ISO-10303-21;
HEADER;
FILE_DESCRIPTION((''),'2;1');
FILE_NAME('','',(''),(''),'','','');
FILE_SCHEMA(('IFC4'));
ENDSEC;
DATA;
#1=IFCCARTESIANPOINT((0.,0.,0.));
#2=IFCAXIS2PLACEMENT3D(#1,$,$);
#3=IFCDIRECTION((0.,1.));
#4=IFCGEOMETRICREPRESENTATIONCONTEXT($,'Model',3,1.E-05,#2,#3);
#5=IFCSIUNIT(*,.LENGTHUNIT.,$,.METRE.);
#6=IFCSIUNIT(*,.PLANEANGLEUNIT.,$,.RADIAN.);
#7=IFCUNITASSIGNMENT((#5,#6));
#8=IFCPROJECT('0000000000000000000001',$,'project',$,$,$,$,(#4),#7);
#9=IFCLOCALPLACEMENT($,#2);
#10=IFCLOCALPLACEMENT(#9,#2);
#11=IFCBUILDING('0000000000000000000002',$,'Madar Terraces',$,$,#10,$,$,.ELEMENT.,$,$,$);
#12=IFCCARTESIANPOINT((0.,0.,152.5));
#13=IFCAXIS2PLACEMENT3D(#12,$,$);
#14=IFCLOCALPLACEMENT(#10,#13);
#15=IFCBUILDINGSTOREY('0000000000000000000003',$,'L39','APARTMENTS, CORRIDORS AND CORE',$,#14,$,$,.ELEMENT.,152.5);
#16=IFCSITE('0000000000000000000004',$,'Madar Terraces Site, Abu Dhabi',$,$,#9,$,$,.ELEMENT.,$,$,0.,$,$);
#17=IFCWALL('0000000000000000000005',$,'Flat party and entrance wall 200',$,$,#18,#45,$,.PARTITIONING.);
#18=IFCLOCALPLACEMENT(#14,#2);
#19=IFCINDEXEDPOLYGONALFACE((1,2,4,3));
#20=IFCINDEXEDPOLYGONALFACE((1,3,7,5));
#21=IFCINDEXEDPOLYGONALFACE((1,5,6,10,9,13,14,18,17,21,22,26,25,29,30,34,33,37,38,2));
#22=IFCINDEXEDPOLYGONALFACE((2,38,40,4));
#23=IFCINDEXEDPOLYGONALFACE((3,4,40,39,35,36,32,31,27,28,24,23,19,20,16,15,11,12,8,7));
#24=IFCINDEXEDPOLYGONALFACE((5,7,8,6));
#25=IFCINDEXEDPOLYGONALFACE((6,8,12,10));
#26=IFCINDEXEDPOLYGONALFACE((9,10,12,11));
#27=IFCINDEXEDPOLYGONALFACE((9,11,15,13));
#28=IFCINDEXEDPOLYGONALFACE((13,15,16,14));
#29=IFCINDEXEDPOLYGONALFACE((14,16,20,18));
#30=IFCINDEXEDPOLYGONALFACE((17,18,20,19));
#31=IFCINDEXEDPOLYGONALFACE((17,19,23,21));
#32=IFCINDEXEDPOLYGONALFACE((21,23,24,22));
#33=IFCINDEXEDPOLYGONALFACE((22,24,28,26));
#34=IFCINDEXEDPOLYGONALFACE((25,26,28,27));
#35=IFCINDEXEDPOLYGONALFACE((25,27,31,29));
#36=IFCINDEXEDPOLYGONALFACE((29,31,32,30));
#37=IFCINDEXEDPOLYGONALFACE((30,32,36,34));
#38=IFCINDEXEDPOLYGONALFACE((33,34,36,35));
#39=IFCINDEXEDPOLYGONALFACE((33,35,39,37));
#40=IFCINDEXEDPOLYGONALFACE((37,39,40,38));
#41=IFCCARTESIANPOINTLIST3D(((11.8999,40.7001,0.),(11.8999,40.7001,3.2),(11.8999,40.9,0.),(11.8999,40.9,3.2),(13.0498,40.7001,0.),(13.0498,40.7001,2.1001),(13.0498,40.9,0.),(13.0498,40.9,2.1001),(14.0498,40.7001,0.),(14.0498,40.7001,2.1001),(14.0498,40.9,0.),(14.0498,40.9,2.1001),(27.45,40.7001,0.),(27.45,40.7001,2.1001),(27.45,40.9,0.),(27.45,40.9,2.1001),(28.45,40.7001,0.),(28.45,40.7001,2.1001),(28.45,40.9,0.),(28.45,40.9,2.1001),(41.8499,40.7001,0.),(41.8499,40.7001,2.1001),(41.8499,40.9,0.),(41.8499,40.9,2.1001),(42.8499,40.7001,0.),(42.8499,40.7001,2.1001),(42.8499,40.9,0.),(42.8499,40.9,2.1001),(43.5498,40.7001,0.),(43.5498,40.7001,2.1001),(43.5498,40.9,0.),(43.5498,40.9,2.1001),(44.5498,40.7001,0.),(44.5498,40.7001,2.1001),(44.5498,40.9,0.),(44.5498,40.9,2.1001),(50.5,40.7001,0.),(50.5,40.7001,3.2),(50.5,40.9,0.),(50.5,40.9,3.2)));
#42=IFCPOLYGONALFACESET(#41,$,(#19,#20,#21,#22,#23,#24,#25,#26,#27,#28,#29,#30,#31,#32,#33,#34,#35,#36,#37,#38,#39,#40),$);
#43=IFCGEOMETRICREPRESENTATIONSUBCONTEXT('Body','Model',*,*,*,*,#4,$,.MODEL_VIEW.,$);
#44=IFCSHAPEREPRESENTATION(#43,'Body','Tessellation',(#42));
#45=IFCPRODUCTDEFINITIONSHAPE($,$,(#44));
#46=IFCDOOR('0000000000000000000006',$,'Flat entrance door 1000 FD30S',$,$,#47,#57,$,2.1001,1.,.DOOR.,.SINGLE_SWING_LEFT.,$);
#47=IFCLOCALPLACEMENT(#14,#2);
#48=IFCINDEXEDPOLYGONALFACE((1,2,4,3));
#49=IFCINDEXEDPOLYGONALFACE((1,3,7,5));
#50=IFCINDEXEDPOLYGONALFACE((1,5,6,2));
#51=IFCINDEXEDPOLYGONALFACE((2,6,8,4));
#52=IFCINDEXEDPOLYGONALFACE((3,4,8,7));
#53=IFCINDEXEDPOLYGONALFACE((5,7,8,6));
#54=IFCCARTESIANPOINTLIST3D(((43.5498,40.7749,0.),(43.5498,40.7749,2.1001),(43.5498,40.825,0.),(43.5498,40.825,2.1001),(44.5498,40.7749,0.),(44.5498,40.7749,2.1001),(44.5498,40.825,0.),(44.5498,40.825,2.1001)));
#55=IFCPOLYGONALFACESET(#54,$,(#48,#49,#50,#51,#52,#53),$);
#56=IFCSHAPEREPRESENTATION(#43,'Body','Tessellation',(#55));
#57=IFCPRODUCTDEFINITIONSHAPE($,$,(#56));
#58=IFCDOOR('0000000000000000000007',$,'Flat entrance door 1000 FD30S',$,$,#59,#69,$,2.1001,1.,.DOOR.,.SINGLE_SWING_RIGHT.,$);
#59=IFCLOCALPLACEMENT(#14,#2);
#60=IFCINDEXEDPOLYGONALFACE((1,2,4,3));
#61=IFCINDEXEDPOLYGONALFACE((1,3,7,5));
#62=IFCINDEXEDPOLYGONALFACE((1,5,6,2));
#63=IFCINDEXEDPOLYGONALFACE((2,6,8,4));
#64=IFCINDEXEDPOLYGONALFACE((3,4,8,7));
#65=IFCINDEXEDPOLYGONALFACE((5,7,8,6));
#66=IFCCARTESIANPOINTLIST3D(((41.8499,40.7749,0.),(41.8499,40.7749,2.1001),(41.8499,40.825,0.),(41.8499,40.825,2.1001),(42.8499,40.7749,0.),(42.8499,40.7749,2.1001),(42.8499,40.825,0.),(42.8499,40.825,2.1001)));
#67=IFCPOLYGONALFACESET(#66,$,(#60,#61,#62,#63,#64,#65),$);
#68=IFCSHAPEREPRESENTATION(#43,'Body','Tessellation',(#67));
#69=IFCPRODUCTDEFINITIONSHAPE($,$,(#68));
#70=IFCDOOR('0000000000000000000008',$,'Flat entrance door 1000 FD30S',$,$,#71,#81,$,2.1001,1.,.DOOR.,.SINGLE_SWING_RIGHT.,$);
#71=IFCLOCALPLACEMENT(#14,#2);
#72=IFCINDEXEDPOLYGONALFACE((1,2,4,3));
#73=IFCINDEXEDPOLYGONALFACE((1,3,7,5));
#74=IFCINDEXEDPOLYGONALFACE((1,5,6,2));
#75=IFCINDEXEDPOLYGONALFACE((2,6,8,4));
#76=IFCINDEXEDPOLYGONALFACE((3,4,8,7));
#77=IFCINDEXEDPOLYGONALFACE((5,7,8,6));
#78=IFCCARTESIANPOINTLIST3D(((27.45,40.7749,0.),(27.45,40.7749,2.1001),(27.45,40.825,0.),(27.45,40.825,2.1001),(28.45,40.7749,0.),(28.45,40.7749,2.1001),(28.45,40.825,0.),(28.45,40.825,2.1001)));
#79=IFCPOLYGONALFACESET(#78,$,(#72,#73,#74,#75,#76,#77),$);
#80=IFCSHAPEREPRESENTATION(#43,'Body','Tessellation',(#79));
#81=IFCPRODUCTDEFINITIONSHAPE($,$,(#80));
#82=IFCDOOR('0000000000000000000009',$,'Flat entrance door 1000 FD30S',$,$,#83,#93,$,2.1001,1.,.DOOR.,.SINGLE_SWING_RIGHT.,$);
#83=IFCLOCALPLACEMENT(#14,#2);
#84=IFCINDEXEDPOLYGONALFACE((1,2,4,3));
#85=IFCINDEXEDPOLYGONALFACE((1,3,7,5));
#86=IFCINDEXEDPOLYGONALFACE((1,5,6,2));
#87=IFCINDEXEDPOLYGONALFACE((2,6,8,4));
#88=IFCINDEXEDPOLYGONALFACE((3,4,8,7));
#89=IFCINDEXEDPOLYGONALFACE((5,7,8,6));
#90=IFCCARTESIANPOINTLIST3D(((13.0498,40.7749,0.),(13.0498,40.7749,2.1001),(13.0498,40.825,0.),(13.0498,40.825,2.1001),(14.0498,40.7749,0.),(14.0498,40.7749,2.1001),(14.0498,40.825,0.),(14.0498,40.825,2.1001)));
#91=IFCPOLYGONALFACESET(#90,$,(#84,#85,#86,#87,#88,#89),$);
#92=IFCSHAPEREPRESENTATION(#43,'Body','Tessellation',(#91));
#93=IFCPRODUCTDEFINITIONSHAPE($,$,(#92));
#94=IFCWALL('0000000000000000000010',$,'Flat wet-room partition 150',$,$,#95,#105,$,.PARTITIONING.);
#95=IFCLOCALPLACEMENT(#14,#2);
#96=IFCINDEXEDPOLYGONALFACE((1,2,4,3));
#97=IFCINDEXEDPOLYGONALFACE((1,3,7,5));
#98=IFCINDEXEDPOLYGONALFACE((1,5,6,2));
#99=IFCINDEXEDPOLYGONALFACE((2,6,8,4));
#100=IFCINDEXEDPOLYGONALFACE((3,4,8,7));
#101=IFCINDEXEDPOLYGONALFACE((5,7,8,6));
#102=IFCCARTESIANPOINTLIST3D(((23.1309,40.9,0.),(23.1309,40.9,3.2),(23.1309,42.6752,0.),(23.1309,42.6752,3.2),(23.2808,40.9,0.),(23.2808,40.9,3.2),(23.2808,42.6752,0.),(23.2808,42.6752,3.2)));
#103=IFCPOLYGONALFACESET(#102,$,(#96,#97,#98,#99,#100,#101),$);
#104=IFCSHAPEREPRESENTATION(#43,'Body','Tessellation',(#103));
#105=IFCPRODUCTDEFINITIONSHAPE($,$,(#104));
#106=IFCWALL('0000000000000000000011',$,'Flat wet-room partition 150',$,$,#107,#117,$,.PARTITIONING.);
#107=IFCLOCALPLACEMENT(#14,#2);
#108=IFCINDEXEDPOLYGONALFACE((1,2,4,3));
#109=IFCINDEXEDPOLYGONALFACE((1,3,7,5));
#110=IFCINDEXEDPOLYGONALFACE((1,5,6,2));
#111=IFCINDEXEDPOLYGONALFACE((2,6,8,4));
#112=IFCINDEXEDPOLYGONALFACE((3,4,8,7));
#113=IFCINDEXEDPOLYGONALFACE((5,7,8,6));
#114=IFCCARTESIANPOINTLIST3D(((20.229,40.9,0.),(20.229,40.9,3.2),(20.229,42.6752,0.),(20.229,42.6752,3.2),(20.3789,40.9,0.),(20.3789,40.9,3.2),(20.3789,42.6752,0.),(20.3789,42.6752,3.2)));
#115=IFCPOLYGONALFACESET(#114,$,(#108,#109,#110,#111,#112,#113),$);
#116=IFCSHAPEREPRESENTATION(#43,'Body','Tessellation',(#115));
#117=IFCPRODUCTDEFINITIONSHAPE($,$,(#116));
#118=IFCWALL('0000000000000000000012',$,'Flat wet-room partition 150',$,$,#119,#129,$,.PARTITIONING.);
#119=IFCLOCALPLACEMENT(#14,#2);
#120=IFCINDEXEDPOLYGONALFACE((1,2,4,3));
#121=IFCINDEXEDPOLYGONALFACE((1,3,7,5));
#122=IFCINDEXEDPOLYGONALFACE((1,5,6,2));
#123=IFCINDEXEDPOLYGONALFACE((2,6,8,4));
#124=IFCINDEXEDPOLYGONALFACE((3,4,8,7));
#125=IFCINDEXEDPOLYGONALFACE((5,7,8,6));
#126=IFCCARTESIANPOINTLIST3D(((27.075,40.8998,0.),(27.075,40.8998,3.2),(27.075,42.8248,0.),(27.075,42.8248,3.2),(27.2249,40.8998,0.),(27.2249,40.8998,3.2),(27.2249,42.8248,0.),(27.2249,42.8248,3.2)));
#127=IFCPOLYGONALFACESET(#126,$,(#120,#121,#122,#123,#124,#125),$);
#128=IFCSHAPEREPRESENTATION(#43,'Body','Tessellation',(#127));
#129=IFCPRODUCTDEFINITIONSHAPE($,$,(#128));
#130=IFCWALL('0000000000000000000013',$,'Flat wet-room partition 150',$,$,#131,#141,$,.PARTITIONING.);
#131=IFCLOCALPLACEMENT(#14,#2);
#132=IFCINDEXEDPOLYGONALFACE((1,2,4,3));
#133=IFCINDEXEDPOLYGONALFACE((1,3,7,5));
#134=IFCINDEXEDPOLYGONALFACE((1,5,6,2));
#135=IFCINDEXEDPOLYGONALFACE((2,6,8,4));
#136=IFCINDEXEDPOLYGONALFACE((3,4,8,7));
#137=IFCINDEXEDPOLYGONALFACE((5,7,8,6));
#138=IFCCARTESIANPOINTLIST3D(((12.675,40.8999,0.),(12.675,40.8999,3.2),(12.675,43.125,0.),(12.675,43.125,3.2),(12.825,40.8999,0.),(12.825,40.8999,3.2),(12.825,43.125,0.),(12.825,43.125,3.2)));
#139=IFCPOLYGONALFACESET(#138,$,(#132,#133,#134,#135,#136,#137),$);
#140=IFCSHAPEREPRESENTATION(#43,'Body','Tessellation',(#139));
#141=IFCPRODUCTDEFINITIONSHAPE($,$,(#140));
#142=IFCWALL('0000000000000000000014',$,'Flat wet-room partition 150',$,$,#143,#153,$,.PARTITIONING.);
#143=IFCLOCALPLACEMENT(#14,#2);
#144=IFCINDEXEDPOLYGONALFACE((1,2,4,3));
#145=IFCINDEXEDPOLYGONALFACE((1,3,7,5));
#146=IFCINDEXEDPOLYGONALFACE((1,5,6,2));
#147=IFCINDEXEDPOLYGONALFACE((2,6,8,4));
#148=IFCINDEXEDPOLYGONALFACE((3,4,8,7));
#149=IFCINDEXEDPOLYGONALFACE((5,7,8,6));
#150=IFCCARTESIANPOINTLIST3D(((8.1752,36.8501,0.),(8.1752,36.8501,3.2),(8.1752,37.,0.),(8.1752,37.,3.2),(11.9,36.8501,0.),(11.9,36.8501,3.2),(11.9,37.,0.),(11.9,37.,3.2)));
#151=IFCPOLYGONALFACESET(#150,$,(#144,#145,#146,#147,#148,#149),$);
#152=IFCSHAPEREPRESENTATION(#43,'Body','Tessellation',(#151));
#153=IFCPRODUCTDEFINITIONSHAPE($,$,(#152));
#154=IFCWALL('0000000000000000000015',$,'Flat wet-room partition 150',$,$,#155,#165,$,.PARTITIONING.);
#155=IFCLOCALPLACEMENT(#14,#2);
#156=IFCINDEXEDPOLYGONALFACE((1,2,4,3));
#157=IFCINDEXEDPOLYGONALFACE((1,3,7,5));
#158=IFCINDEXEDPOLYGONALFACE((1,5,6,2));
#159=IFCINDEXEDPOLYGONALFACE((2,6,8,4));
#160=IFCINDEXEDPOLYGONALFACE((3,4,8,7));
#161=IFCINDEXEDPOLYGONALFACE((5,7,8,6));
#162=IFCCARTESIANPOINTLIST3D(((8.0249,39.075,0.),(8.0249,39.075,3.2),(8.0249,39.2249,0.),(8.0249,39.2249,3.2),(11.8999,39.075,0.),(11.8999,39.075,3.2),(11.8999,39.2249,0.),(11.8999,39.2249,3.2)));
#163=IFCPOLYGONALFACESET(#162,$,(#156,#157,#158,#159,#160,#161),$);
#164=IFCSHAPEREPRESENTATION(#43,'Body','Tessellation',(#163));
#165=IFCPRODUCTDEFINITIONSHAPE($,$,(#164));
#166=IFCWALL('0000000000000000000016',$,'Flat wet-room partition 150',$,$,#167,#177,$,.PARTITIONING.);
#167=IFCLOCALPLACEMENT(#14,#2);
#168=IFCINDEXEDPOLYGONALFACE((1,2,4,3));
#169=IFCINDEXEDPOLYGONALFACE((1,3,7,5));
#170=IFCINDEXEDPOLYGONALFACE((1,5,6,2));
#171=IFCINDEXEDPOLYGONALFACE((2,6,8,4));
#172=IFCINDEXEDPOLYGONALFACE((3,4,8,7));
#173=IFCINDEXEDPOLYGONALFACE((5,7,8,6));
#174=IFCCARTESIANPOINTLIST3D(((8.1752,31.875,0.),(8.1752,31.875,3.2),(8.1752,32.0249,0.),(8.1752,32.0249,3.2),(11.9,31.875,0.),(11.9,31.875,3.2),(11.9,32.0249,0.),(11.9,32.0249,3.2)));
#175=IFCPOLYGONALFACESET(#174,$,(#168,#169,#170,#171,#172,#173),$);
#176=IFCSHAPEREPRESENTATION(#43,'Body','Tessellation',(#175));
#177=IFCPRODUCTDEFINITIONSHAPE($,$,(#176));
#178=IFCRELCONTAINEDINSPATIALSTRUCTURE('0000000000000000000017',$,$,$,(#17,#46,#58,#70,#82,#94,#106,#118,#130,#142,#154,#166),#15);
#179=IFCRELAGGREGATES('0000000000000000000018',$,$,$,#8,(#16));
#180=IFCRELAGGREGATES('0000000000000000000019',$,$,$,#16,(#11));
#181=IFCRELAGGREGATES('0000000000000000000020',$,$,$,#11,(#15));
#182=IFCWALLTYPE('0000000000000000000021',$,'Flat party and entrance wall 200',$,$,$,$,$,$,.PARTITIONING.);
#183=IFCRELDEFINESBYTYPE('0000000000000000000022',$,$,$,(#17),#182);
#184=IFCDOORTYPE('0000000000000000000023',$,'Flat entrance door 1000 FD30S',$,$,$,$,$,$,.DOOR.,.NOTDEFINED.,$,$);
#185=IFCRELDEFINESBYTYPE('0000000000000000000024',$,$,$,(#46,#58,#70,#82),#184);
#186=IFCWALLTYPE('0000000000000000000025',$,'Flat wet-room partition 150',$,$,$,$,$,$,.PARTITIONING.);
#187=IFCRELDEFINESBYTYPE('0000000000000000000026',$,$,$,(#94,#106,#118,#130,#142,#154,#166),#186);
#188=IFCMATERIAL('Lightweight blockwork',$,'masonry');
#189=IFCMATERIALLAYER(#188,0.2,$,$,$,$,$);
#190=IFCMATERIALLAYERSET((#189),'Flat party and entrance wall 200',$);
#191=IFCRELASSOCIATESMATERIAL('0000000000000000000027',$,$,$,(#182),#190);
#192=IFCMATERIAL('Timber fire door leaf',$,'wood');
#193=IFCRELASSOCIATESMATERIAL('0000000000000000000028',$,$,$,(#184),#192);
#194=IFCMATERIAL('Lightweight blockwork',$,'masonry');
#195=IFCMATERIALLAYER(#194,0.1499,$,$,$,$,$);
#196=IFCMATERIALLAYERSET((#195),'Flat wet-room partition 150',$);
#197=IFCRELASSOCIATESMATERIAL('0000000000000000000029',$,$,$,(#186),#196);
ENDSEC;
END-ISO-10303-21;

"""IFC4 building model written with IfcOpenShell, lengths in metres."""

from ifc_helpers import new_model, si_unit, direction, frame, frame_2d, origin, place, context, subcontext, project, spatial, rectangle, extrude, material, layer, layer_set, type_object, element, fill, save


model = new_model("IFC4")

# Units and contexts
model_context = context("Model", 3, precision=1e-05, world=origin(), true_north=direction((0.0, 1.0)))
body_context = subcontext(model_context, "Body", "Model", "MODEL_VIEW")
ifc_project = project(units=[si_unit("LENGTHUNIT", "METRE"), si_unit("PLANEANGLEUNIT", "RADIAN")], contexts=[model_context])

# Site, building, storey
site_placement = place(None, origin())
site = spatial("IfcSite", under=ifc_project, at=site_placement, Name="Madar Terraces Site, Abu Dhabi", CompositionType="ELEMENT", RefElevation=0.0)
building_placement = place(site_placement, origin())
building = spatial("IfcBuilding", under=site, at=building_placement, Name="Madar Terraces", CompositionType="ELEMENT")
storey_placement = place(building_placement, frame((0.0, 0.0, 152.5)))
storey = spatial("IfcBuildingStorey", under=building, at=storey_placement, Name="L39", Description="APARTMENTS, CORRIDORS AND CORE", CompositionType="ELEMENT", Elevation=152.5)

# Wall, openings, doors
ifc_material_1 = material(Name="Lightweight blockwork", Category="masonry")
ifc_layer_1 = layer(ifc_material_1, 0.2)
ifc_layer_set_1 = layer_set([ifc_layer_1], Name="Flat party and entrance wall 200")
wall_type_1 = type_object("IfcWallType", Name="Flat party and entrance wall 200", PredefinedType="PARTITIONING", material=ifc_layer_set_1)
wall_1_placement = place(storey_placement, frame((11.8999, 40.8, 0.0), z_axis=(0.0, 0.0, 1.0), x_axis=(1.0, 0.0, 0.0)))
wall_1 = element("IfcWall", 1, at=wall_1_placement, inside=storey, type_object=wall_type_1, Name="Flat party and entrance wall 200", PredefinedType="PARTITIONING", context=body_context, shape_type="SweptSolid", body=[
    extrude(rectangle(XDim=38.6001, YDim=0.2, at=frame_2d((19.3, 0.0))), origin(), (0.0, 0.0, 1.0), 3.2),
])
opening_1_placement = place(wall_1_placement, frame((31.6499, 0.0, 0.0)))
opening_1 = element("IfcOpeningElement", 2, at=opening_1_placement, cuts=wall_1, PredefinedType="OPENING", context=body_context, shape_type="SweptSolid", body=[
    extrude(rectangle(XDim=1.0, YDim=2.1001, at=frame_2d((0.5, 1.05))), frame((0.0, 0.1099, 0.0), z_axis=(0.0, -1.0, 0.0), x_axis=(1.0, 0.0, 0.0)), (0.0, 0.0, 1.0), 0.22),
])
opening_2_placement = place(wall_1_placement, frame((29.95, 0.0, 0.0)))
opening_2 = element("IfcOpeningElement", 3, at=opening_2_placement, cuts=wall_1, PredefinedType="OPENING", context=body_context, shape_type="SweptSolid", body=[
    extrude(rectangle(XDim=1.0, YDim=2.1001, at=frame_2d((0.5, 1.05))), frame((0.0, 0.1099, 0.0), z_axis=(0.0, -1.0, 0.0), x_axis=(1.0, 0.0, 0.0)), (0.0, 0.0, 1.0), 0.22),
])
opening_3_placement = place(wall_1_placement, frame((15.55, 0.0, 0.0)))
opening_3 = element("IfcOpeningElement", 4, at=opening_3_placement, cuts=wall_1, PredefinedType="OPENING", context=body_context, shape_type="SweptSolid", body=[
    extrude(rectangle(XDim=1.0, YDim=2.1001, at=frame_2d((0.5, 1.05))), frame((0.0, 0.1099, 0.0), z_axis=(0.0, -1.0, 0.0), x_axis=(1.0, 0.0, 0.0)), (0.0, 0.0, 1.0), 0.22),
])
opening_4_placement = place(wall_1_placement, frame((1.1499, 0.0, 0.0)))
opening_4 = element("IfcOpeningElement", 5, at=opening_4_placement, cuts=wall_1, PredefinedType="OPENING", context=body_context, shape_type="SweptSolid", body=[
    extrude(rectangle(XDim=1.0, YDim=2.1001, at=frame_2d((0.5, 1.05))), frame((0.0, 0.1099, 0.0), z_axis=(0.0, -1.0, 0.0), x_axis=(1.0, 0.0, 0.0)), (0.0, 0.0, 1.0), 0.22),
])
ifc_material_2 = material(Name="Timber fire door leaf", Category="wood")
door_type_1 = type_object("IfcDoorType", Name="Flat entrance door 1000 FD30S", OperationType="NOTDEFINED", PredefinedType="DOOR", material=ifc_material_2)
door_1_placement = place(opening_1_placement, origin())
door_1 = element("IfcDoor", 6, at=door_1_placement, inside=storey, type_object=door_type_1, Name="Flat entrance door 1000 FD30S", OperationType="SINGLE_SWING_LEFT", OverallHeight=2.1001, OverallWidth=1.0, PredefinedType="DOOR", context=body_context, shape_type="SweptSolid", body=[
    extrude(rectangle(XDim=1.0, YDim=2.1001, at=frame_2d((0.5, 1.05))), frame((0.0, 0.0249, 0.0), z_axis=(0.0, -1.0, 0.0), x_axis=(1.0, 0.0, 0.0)), (0.0, 0.0, 1.0), 0.05),
])
fill(opening_1, door_1)
door_2_placement = place(opening_2_placement, origin())
door_2 = element("IfcDoor", 7, at=door_2_placement, inside=storey, type_object=door_type_1, Name="Flat entrance door 1000 FD30S", OperationType="SINGLE_SWING_RIGHT", OverallHeight=2.1001, OverallWidth=1.0, PredefinedType="DOOR", context=body_context, shape_type="SweptSolid", body=[
    extrude(rectangle(XDim=1.0, YDim=2.1001, at=frame_2d((0.5, 1.05))), frame((0.0, 0.0249, 0.0), z_axis=(0.0, -1.0, 0.0), x_axis=(1.0, 0.0, 0.0)), (0.0, 0.0, 1.0), 0.05),
])
fill(opening_2, door_2)
door_3_placement = place(opening_3_placement, origin())
door_3 = element("IfcDoor", 8, at=door_3_placement, inside=storey, type_object=door_type_1, Name="Flat entrance door 1000 FD30S", OperationType="SINGLE_SWING_RIGHT", OverallHeight=2.1001, OverallWidth=1.0, PredefinedType="DOOR", context=body_context, shape_type="SweptSolid", body=[
    extrude(rectangle(XDim=1.0, YDim=2.1001, at=frame_2d((0.5, 1.05))), frame((0.0, 0.0249, 0.0), z_axis=(0.0, -1.0, 0.0), x_axis=(1.0, 0.0, 0.0)), (0.0, 0.0, 1.0), 0.05),
])
fill(opening_3, door_3)
door_4_placement = place(opening_4_placement, origin())
door_4 = element("IfcDoor", 9, at=door_4_placement, inside=storey, type_object=door_type_1, Name="Flat entrance door 1000 FD30S", OperationType="SINGLE_SWING_RIGHT", OverallHeight=2.1001, OverallWidth=1.0, PredefinedType="DOOR", context=body_context, shape_type="SweptSolid", body=[
    extrude(rectangle(XDim=1.0, YDim=2.1001, at=frame_2d((0.5, 1.05))), frame((0.0, 0.0249, 0.0), z_axis=(0.0, -1.0, 0.0), x_axis=(1.0, 0.0, 0.0)), (0.0, 0.0, 1.0), 0.05),
])
fill(opening_4, door_4)

# Walls
ifc_material_3 = material(Name="Lightweight blockwork", Category="masonry")
ifc_layer_2 = layer(ifc_material_3, 0.1499)
ifc_layer_set_2 = layer_set([ifc_layer_2], Name="Flat wet-room partition 150")
wall_type_2 = type_object("IfcWallType", Name="Flat wet-room partition 150", PredefinedType="PARTITIONING", material=ifc_layer_set_2)
for number, where, z_axis, x_axis, name in (
    (10, (23.2058, 40.8999, 0.0), (0.0, 0.0, 1.0), (0.0, 1.0, 0.0), "Flat wet-room partition 150"),
    (11, (20.304, 40.8999, 0.0), (0.0, 0.0, 1.0), (0.0, 1.0, 0.0), "Flat wet-room partition 150"),
):
    element("IfcWall", number, at=place(storey_placement, frame(where, z_axis=z_axis, x_axis=x_axis)), inside=storey, type_object=wall_type_2, Name=name, PredefinedType="PARTITIONING", context=body_context, shape_type="SweptSolid", body=[
        extrude(rectangle(XDim=1.7751, YDim=0.1499, at=frame_2d((0.8877, 0.0))), origin(), (0.0, 0.0, 1.0), 3.2),
    ])
wall_2_placement = place(storey_placement, frame((27.1499, 40.8999, 0.0), z_axis=(0.0, 0.0, 1.0), x_axis=(0.0, 1.0, 0.0)))
element("IfcWall", 12, at=wall_2_placement, inside=storey, type_object=wall_type_2, Name="Flat wet-room partition 150", PredefinedType="PARTITIONING", context=body_context, shape_type="SweptSolid", body=[
    extrude(rectangle(XDim=1.925, YDim=0.1499, at=frame_2d((0.9624, 0.0))), origin(), (0.0, 0.0, 1.0), 3.2),
])
wall_3_placement = place(storey_placement, frame((12.75, 40.8999, 0.0), z_axis=(0.0, 0.0, 1.0), x_axis=(0.0, 1.0, 0.0)))
element("IfcWall", 13, at=wall_3_placement, inside=storey, type_object=wall_type_2, Name="Flat wet-room partition 150", PredefinedType="PARTITIONING", context=body_context, shape_type="SweptSolid", body=[
    extrude(rectangle(XDim=2.2251, YDim=0.1499, at=frame_2d((1.1125, 0.0))), origin(), (0.0, 0.0, 1.0), 3.2),
])
wall_4_placement = place(storey_placement, frame((11.8999, 36.925, 0.0), z_axis=(0.0, 0.0, 1.0), x_axis=(-1.0, 0.0, 0.0)))
element("IfcWall", 14, at=wall_4_placement, inside=storey, type_object=wall_type_2, Name="Flat wet-room partition 150", PredefinedType="PARTITIONING", context=body_context, shape_type="SweptSolid", body=[
    extrude(rectangle(XDim=3.7249, YDim=0.1499, at=frame_2d((1.8623, 0.0))), origin(), (0.0, 0.0, 1.0), 3.2),
])
wall_5_placement = place(storey_placement, frame((11.8999, 39.1499, 0.0), z_axis=(0.0, 0.0, 1.0), x_axis=(-1.0, 0.0, 0.0)))
element("IfcWall", 15, at=wall_5_placement, inside=storey, type_object=wall_type_2, Name="Flat wet-room partition 150", PredefinedType="PARTITIONING", context=body_context, shape_type="SweptSolid", body=[
    extrude(rectangle(XDim=3.875, YDim=0.1499, at=frame_2d((1.9375, 0.0))), origin(), (0.0, 0.0, 1.0), 3.2),
])
wall_6_placement = place(storey_placement, frame((11.8999, 31.95, 0.0), z_axis=(0.0, 0.0, 1.0), x_axis=(-1.0, 0.0, 0.0)))
element("IfcWall", 16, at=wall_6_placement, inside=storey, type_object=wall_type_2, Name="Flat wet-room partition 150", PredefinedType="PARTITIONING", context=body_context, shape_type="SweptSolid", body=[
    extrude(rectangle(XDim=3.7249, YDim=0.1499, at=frame_2d((1.8623, 0.0))), origin(), (0.0, 0.0, 1.0), 3.2),
])

save(model, "model.ifc")
